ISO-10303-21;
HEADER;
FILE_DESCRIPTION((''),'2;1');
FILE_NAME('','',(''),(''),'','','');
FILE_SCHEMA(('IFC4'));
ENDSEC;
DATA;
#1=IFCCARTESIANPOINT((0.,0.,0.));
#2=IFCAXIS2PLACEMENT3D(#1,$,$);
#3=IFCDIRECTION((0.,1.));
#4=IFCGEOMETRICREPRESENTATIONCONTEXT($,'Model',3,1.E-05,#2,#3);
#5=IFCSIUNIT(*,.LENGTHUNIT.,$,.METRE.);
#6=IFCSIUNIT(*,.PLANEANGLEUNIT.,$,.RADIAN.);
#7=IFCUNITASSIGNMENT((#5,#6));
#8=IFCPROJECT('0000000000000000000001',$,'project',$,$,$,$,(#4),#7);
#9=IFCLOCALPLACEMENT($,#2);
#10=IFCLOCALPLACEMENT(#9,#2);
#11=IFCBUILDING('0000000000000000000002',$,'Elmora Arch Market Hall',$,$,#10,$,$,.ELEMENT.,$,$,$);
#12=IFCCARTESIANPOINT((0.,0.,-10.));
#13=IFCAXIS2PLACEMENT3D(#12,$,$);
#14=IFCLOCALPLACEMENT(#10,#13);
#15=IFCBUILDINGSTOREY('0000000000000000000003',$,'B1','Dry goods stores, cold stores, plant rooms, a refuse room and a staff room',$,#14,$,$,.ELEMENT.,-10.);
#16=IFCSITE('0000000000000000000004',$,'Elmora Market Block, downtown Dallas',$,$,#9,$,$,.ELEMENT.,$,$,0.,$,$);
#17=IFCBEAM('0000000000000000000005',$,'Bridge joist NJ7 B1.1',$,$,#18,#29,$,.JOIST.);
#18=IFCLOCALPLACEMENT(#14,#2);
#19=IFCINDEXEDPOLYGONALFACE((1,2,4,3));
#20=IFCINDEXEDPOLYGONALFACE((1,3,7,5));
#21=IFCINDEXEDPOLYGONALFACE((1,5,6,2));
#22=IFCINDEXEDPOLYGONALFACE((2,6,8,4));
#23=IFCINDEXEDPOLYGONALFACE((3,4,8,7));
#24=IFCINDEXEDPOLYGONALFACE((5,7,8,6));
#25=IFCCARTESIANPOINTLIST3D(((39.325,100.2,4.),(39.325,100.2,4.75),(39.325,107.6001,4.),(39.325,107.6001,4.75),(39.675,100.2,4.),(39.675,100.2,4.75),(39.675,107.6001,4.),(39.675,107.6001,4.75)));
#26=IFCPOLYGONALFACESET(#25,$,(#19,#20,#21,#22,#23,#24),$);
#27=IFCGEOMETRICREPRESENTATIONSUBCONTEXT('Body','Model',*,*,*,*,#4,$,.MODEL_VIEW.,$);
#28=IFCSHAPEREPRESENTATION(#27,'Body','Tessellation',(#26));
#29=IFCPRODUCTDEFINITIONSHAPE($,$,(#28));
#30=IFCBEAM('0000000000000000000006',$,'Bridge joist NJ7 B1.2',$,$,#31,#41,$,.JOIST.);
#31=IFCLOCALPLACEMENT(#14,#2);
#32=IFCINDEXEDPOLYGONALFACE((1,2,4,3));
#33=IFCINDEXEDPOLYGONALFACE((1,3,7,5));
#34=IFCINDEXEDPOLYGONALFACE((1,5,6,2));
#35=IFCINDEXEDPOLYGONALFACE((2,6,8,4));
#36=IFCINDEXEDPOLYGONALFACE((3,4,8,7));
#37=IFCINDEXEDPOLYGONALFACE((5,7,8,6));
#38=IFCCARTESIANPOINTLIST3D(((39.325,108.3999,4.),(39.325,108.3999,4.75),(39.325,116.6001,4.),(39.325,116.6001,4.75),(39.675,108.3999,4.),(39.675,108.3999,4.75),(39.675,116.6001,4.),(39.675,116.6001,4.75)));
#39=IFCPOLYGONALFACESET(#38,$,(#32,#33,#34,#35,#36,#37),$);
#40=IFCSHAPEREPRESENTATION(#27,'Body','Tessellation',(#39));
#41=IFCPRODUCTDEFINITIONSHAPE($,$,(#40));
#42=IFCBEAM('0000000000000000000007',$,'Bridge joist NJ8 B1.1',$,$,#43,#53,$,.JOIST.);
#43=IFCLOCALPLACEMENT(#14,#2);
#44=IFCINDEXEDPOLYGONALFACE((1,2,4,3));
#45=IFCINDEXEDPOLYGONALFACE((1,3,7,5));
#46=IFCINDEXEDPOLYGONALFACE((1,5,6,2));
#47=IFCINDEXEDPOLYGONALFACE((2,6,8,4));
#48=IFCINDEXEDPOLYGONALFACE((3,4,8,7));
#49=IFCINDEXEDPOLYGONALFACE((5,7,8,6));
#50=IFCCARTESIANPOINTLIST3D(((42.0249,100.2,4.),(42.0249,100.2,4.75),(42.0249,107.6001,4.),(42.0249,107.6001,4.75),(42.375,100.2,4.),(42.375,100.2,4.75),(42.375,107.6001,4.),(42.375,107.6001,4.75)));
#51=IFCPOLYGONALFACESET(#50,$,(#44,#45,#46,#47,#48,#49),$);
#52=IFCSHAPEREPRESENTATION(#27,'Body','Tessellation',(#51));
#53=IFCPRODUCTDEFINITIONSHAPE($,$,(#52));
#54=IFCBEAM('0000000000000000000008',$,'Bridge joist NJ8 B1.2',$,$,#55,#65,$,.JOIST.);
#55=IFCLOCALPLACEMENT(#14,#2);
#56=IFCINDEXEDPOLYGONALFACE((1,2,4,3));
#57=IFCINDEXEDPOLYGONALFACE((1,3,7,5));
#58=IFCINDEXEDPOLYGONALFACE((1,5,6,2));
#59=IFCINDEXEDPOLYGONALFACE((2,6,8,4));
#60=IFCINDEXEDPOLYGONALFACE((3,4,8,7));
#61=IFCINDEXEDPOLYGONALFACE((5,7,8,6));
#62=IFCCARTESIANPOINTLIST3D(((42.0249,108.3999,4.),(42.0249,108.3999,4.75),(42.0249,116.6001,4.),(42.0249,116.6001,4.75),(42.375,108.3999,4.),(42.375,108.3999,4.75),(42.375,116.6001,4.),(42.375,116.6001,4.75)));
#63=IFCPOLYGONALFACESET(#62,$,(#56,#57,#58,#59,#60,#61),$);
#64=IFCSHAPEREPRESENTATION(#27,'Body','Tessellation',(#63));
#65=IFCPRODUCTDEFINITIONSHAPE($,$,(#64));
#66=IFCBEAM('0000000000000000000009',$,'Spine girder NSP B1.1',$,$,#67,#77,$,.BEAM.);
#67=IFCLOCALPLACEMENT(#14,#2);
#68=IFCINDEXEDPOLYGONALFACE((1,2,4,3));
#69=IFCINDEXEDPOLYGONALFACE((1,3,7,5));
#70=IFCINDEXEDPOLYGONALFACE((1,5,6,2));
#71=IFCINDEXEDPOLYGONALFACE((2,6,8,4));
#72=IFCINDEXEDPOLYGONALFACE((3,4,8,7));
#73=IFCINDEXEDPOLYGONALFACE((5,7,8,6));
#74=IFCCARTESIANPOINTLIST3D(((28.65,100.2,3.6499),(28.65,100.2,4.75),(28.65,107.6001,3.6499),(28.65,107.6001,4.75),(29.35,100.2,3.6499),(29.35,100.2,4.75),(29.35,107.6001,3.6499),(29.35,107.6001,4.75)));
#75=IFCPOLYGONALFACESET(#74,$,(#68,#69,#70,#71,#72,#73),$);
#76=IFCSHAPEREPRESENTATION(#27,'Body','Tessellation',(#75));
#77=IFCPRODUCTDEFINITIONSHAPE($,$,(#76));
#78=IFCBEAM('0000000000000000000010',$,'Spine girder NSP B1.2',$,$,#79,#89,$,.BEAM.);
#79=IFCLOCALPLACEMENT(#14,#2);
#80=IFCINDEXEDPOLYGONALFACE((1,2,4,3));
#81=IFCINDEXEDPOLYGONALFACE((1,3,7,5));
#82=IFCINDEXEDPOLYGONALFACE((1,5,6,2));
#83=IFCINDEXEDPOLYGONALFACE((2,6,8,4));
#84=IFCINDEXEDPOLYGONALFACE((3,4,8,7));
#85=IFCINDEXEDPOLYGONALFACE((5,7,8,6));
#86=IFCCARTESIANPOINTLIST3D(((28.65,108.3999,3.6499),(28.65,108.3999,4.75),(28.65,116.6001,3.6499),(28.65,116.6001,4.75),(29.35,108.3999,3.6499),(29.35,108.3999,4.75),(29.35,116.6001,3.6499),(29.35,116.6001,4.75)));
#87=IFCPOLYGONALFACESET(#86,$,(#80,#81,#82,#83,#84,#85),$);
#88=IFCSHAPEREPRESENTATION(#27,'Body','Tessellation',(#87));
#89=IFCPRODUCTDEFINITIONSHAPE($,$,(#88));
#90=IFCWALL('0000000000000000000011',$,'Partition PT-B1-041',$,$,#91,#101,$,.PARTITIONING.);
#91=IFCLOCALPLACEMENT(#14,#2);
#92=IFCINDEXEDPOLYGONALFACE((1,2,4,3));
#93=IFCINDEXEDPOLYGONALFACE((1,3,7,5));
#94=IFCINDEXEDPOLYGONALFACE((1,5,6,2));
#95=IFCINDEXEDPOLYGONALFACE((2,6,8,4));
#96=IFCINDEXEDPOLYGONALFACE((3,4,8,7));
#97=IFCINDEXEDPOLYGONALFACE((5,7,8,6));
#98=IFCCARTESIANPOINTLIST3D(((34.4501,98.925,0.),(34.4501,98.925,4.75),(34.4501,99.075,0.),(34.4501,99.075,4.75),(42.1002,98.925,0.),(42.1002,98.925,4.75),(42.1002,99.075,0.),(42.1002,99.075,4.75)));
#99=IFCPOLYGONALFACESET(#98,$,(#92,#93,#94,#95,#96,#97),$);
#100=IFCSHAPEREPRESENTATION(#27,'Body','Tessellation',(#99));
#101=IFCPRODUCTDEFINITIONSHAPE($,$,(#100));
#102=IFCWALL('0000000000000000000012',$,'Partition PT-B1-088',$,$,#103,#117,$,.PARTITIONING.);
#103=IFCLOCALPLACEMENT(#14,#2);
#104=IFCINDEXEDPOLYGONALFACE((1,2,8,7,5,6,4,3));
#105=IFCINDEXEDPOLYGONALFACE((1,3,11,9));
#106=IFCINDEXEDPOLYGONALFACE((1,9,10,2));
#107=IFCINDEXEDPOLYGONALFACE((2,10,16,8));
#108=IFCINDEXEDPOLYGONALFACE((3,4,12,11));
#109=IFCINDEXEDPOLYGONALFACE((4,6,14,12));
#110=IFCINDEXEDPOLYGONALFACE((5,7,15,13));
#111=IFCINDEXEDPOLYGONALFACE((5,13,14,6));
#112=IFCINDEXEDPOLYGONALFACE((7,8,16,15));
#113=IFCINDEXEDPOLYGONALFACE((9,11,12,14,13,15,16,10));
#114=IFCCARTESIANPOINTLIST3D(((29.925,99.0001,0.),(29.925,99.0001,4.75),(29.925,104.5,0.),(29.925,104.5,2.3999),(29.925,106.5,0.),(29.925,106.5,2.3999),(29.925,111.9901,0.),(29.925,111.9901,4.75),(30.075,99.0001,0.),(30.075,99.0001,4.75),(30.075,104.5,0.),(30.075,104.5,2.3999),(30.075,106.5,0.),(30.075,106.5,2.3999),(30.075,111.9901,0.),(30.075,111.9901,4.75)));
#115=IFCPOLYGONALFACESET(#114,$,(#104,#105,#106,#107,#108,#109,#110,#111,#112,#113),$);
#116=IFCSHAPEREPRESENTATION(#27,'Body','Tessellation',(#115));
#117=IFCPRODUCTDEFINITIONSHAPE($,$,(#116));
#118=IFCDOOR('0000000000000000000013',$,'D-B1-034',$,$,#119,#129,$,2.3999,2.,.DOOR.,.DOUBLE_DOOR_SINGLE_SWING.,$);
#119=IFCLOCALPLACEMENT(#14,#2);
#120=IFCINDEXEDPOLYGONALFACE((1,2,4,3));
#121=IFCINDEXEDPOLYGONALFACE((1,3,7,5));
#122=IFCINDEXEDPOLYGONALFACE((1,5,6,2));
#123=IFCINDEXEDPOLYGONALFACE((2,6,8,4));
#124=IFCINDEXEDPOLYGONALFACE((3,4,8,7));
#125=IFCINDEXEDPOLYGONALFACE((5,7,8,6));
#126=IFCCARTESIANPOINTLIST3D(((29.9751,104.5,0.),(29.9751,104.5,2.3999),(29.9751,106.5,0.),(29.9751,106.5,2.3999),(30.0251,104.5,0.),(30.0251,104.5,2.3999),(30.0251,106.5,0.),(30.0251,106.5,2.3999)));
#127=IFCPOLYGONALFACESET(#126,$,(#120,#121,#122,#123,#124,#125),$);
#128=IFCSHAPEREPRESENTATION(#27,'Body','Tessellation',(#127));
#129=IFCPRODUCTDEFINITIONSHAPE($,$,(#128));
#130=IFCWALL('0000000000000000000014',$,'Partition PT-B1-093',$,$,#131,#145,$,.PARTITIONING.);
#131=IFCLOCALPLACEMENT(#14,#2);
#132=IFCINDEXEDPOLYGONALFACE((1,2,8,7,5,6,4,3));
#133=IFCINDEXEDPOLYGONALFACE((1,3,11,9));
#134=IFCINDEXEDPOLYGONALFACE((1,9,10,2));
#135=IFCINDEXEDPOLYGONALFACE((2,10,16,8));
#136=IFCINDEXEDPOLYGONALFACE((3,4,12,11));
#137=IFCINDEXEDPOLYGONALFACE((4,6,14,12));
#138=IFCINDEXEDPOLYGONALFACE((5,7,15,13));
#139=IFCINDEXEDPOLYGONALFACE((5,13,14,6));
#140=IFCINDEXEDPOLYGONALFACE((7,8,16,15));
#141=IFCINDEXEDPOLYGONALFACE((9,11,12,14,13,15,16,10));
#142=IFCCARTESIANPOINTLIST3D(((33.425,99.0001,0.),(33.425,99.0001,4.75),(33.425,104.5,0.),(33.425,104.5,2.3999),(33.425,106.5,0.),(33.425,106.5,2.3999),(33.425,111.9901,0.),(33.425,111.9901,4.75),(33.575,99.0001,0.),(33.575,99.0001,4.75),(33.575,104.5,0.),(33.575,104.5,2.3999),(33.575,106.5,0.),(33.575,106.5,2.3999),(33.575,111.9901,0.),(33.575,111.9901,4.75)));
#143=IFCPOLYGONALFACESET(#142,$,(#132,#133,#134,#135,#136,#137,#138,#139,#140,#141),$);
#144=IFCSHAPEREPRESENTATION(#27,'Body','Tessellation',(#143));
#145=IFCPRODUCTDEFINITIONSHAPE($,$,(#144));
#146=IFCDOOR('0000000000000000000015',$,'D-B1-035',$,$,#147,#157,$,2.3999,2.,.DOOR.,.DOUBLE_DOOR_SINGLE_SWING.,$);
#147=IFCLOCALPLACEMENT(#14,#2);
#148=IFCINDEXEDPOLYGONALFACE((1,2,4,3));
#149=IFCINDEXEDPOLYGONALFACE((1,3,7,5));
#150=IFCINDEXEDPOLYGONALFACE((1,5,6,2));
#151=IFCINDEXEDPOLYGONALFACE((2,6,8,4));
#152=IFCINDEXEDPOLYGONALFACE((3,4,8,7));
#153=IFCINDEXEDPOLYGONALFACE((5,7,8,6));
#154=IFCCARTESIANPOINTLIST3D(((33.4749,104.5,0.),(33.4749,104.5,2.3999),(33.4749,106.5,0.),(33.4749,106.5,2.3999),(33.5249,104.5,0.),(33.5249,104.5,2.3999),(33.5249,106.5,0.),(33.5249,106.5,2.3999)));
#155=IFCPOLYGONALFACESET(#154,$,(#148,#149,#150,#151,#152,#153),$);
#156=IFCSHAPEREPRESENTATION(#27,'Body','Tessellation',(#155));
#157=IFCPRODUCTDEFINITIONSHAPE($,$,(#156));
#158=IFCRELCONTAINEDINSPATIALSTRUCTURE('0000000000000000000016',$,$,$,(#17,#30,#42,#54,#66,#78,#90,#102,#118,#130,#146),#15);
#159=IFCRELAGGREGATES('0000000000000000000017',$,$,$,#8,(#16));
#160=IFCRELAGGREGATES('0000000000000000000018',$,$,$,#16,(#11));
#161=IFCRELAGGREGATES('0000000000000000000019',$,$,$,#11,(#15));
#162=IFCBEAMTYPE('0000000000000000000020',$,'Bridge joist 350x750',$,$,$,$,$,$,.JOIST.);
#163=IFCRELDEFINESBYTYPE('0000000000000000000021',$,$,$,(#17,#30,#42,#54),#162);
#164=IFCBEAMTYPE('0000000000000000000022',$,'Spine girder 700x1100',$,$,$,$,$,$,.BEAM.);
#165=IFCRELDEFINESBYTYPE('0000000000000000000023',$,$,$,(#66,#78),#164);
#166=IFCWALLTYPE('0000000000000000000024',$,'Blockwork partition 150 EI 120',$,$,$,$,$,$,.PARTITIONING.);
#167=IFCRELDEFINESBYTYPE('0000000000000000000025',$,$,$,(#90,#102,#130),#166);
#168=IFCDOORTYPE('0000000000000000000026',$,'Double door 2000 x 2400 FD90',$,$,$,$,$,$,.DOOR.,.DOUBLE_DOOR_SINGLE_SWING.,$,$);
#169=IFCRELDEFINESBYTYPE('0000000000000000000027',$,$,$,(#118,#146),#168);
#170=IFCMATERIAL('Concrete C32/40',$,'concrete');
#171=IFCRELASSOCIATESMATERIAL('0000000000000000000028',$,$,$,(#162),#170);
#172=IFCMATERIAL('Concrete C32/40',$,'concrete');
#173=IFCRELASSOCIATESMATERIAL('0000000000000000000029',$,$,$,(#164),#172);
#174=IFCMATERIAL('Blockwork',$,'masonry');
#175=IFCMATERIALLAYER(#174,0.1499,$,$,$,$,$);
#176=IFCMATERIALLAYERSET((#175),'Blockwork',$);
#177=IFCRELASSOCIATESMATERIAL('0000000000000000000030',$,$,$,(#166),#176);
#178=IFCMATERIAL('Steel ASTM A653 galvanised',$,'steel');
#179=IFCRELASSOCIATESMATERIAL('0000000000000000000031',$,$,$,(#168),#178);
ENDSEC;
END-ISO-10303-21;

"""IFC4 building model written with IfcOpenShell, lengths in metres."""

from ifc_helpers import new_model, si_unit, direction, frame, frame_2d, origin, origin_2d, place, context, subcontext, project, spatial, rectangle, extrude, material, layer, layer_set, material_profile, profile_set, type_object, element, fill, save


model = new_model("IFC4")

# Units and contexts
model_context = context("Model", 3, precision=1e-05, world=origin(), true_north=direction((0.0, 1.0)))
body_context = subcontext(model_context, "Body", "Model", "MODEL_VIEW")
ifc_project = project(units=[si_unit("LENGTHUNIT", "METRE"), si_unit("PLANEANGLEUNIT", "RADIAN")], contexts=[model_context])

# Site, building, storey
site_placement = place(None, origin())
site = spatial("IfcSite", under=ifc_project, at=site_placement, Name="Elmora Market Block, downtown Dallas", CompositionType="ELEMENT", RefElevation=0.0)
building_placement = place(site_placement, origin())
building = spatial("IfcBuilding", under=site, at=building_placement, Name="Elmora Arch Market Hall", CompositionType="ELEMENT")
storey_placement = place(building_placement, frame((0.0, 0.0, -10.0)))
storey = spatial("IfcBuildingStorey", under=building, at=storey_placement, Name="B1", Description="Dry goods stores, cold stores, plant rooms, a refuse room and a staff room", CompositionType="ELEMENT", Elevation=-10.0)

# Beams
ifc_material_1 = material(Name="Concrete C32/40", Category="concrete")
ifc_material_profile_1 = material_profile(ifc_material_1, rectangle(XDim=0.3501, YDim=0.75, at=origin_2d()), Name="Bridge joist 350x750")
ifc_profile_set_1 = profile_set([ifc_material_profile_1], Name="Concrete C32/40")
beam_type_1 = type_object("IfcBeamType", Name="Bridge joist 350x750", PredefinedType="JOIST", material=ifc_profile_set_1)
beam_1_placement = place(storey_placement, frame((39.5, 100.2, 4.375), z_axis=(0.0, 1.0, 0.0), x_axis=(-1.0, 0.0, 0.0)))
element("IfcBeam", 1, at=beam_1_placement, inside=storey, type_object=beam_type_1, Name="Bridge joist NJ7 B1.1", PredefinedType="JOIST", context=body_context, shape_type="SweptSolid", body=[
    extrude(rectangle(XDim=0.3501, YDim=0.75, at=origin_2d()), origin(), (0.0, 0.0, 1.0), 7.4001),
])
beam_2_placement = place(storey_placement, frame((39.5, 108.3999, 4.375), z_axis=(0.0, 1.0, 0.0), x_axis=(-1.0, 0.0, 0.0)))
element("IfcBeam", 2, at=beam_2_placement, inside=storey, type_object=beam_type_1, Name="Bridge joist NJ7 B1.2", PredefinedType="JOIST", context=body_context, shape_type="SweptSolid", body=[
    extrude(rectangle(XDim=0.3501, YDim=0.75, at=origin_2d()), origin(), (0.0, 0.0, 1.0), 8.2002),
])
beam_3_placement = place(storey_placement, frame((42.2, 100.2, 4.375), z_axis=(0.0, 1.0, 0.0), x_axis=(-1.0, 0.0, 0.0)))
element("IfcBeam", 3, at=beam_3_placement, inside=storey, type_object=beam_type_1, Name="Bridge joist NJ8 B1.1", PredefinedType="JOIST", context=body_context, shape_type="SweptSolid", body=[
    extrude(rectangle(XDim=0.3501, YDim=0.75, at=origin_2d()), origin(), (0.0, 0.0, 1.0), 7.4001),
])
beam_4_placement = place(storey_placement, frame((42.2, 108.3999, 4.375), z_axis=(0.0, 1.0, 0.0), x_axis=(-1.0, 0.0, 0.0)))
element("IfcBeam", 4, at=beam_4_placement, inside=storey, type_object=beam_type_1, Name="Bridge joist NJ8 B1.2", PredefinedType="JOIST", context=body_context, shape_type="SweptSolid", body=[
    extrude(rectangle(XDim=0.3501, YDim=0.75, at=origin_2d()), origin(), (0.0, 0.0, 1.0), 8.2002),
])
ifc_material_2 = material(Name="Concrete C32/40", Category="concrete")
ifc_material_profile_2 = material_profile(ifc_material_2, rectangle(XDim=0.7, YDim=1.1001, at=origin_2d()), Name="Spine girder 700x1100")
ifc_profile_set_2 = profile_set([ifc_material_profile_2], Name="Concrete C32/40")
beam_type_2 = type_object("IfcBeamType", Name="Spine girder 700x1100", PredefinedType="BEAM", material=ifc_profile_set_2)
beam_5_placement = place(storey_placement, frame((29.0, 100.2, 4.2), z_axis=(0.0, 1.0, 0.0), x_axis=(-1.0, 0.0, 0.0)))
element("IfcBeam", 5, at=beam_5_placement, inside=storey, type_object=beam_type_2, Name="Spine girder NSP B1.1", PredefinedType="BEAM", context=body_context, shape_type="SweptSolid", body=[
    extrude(rectangle(XDim=0.7, YDim=1.1001, at=origin_2d()), origin(), (0.0, 0.0, 1.0), 7.4001),
])
beam_6_placement = place(storey_placement, frame((29.0, 108.3999, 4.2), z_axis=(0.0, 1.0, 0.0), x_axis=(-1.0, 0.0, 0.0)))
element("IfcBeam", 6, at=beam_6_placement, inside=storey, type_object=beam_type_2, Name="Spine girder NSP B1.2", PredefinedType="BEAM", context=body_context, shape_type="SweptSolid", body=[
    extrude(rectangle(XDim=0.7, YDim=1.1001, at=origin_2d()), origin(), (0.0, 0.0, 1.0), 8.2002),
])

# Wall
ifc_material_3 = material(Name="Blockwork", Category="masonry")
ifc_layer = layer(ifc_material_3, 0.1499)
ifc_layer_set = layer_set([ifc_layer], Name="Blockwork")
wall_type = type_object("IfcWallType", Name="Blockwork partition 150 EI 120", PredefinedType="PARTITIONING", material=ifc_layer_set)
wall_1_placement = place(storey_placement, frame((34.45, 99.0, 0.0), z_axis=(0.0, 0.0, 1.0), x_axis=(1.0, 0.0, 0.0)))
element("IfcWall", 7, at=wall_1_placement, inside=storey, type_object=wall_type, Name="Partition PT-B1-041", PredefinedType="PARTITIONING", context=body_context, shape_type="SweptSolid", body=[
    extrude(rectangle(XDim=7.6501, YDim=0.1499, at=frame_2d((3.8252, 0.0))), origin(), (0.0, 0.0, 1.0), 4.75),
])

# Walls, openings, doors
wall_2_placement = place(storey_placement, frame((30.0, 99.0, 0.0), z_axis=(0.0, 0.0, 1.0), x_axis=(0.0, 1.0, 0.0)))
wall_2 = element("IfcWall", 8, at=wall_2_placement, inside=storey, type_object=wall_type, Name="Partition PT-B1-088", PredefinedType="PARTITIONING", context=body_context, shape_type="SweptSolid", body=[
    extrude(rectangle(XDim=12.99, YDim=0.1499, at=frame_2d((6.4951, 0.0))), origin(), (0.0, 0.0, 1.0), 4.75),
])
opening_1_placement = place(wall_2_placement, frame((5.5, 0.0, 0.0)))
opening_1 = element("IfcOpeningElement", 9, at=opening_1_placement, cuts=wall_2, PredefinedType="OPENING", context=body_context, shape_type="SweptSolid", body=[
    extrude(rectangle(XDim=2.0, YDim=2.3999, at=frame_2d((1.0, 1.2))), frame((0.0, 0.085, 0.0), z_axis=(0.0, -1.0, 0.0), x_axis=(1.0, 0.0, 0.0)), (0.0, 0.0, 1.0), 0.1699),
])
ifc_material_4 = material(Name="Steel ASTM A653 galvanised", Category="steel")
door_type = type_object("IfcDoorType", Name="Double door 2000 x 2400 FD90", OperationType="DOUBLE_DOOR_SINGLE_SWING", PredefinedType="DOOR", material=ifc_material_4)
door_1_placement = place(opening_1_placement, origin())
door_1 = element("IfcDoor", 10, at=door_1_placement, inside=storey, type_object=door_type, Name="D-B1-034", OperationType="DOUBLE_DOOR_SINGLE_SWING", OverallHeight=2.3999, OverallWidth=2.0, PredefinedType="DOOR", context=body_context, shape_type="SweptSolid", body=[
    extrude(rectangle(XDim=2.0, YDim=2.3999, at=frame_2d((1.0, 1.2))), frame((0.0, 0.0249, 0.0), z_axis=(0.0, -1.0, 0.0), x_axis=(1.0, 0.0, 0.0)), (0.0, 0.0, 1.0), 0.05),
])
fill(opening_1, door_1)
wall_3_placement = place(storey_placement, frame((33.5, 99.0, 0.0), z_axis=(0.0, 0.0, 1.0), x_axis=(0.0, 1.0, 0.0)))
wall_3 = element("IfcWall", 11, at=wall_3_placement, inside=storey, type_object=wall_type, Name="Partition PT-B1-093", PredefinedType="PARTITIONING", context=body_context, shape_type="SweptSolid", body=[
    extrude(rectangle(XDim=12.99, YDim=0.1499, at=frame_2d((6.4951, 0.0))), origin(), (0.0, 0.0, 1.0), 4.75),
])
opening_2_placement = place(wall_3_placement, frame((5.5, 0.0, 0.0)))
opening_2 = element("IfcOpeningElement", 12, at=opening_2_placement, cuts=wall_3, PredefinedType="OPENING", context=body_context, shape_type="SweptSolid", body=[
    extrude(rectangle(XDim=2.0, YDim=2.3999, at=frame_2d((1.0, 1.2))), frame((0.0, 0.085, 0.0), z_axis=(0.0, -1.0, 0.0), x_axis=(1.0, 0.0, 0.0)), (0.0, 0.0, 1.0), 0.1699),
])
door_2_placement = place(opening_2_placement, frame((2.0, 0.0, 0.0), z_axis=(0.0, 0.0, 1.0), x_axis=(-1.0, 0.0, 0.0)))
door_2 = element("IfcDoor", 13, at=door_2_placement, inside=storey, type_object=door_type, Name="D-B1-035", OperationType="DOUBLE_DOOR_SINGLE_SWING", OverallHeight=2.3999, OverallWidth=2.0, PredefinedType="DOOR", context=body_context, shape_type="SweptSolid", body=[
    extrude(rectangle(XDim=2.0, YDim=2.3999, at=frame_2d((1.0, 1.2))), frame((0.0, 0.0249, 0.0), z_axis=(0.0, -1.0, 0.0), x_axis=(1.0, 0.0, 0.0)), (0.0, 0.0, 1.0), 0.05),
])
fill(opening_2, door_2)

save(model, "model.ifc")
